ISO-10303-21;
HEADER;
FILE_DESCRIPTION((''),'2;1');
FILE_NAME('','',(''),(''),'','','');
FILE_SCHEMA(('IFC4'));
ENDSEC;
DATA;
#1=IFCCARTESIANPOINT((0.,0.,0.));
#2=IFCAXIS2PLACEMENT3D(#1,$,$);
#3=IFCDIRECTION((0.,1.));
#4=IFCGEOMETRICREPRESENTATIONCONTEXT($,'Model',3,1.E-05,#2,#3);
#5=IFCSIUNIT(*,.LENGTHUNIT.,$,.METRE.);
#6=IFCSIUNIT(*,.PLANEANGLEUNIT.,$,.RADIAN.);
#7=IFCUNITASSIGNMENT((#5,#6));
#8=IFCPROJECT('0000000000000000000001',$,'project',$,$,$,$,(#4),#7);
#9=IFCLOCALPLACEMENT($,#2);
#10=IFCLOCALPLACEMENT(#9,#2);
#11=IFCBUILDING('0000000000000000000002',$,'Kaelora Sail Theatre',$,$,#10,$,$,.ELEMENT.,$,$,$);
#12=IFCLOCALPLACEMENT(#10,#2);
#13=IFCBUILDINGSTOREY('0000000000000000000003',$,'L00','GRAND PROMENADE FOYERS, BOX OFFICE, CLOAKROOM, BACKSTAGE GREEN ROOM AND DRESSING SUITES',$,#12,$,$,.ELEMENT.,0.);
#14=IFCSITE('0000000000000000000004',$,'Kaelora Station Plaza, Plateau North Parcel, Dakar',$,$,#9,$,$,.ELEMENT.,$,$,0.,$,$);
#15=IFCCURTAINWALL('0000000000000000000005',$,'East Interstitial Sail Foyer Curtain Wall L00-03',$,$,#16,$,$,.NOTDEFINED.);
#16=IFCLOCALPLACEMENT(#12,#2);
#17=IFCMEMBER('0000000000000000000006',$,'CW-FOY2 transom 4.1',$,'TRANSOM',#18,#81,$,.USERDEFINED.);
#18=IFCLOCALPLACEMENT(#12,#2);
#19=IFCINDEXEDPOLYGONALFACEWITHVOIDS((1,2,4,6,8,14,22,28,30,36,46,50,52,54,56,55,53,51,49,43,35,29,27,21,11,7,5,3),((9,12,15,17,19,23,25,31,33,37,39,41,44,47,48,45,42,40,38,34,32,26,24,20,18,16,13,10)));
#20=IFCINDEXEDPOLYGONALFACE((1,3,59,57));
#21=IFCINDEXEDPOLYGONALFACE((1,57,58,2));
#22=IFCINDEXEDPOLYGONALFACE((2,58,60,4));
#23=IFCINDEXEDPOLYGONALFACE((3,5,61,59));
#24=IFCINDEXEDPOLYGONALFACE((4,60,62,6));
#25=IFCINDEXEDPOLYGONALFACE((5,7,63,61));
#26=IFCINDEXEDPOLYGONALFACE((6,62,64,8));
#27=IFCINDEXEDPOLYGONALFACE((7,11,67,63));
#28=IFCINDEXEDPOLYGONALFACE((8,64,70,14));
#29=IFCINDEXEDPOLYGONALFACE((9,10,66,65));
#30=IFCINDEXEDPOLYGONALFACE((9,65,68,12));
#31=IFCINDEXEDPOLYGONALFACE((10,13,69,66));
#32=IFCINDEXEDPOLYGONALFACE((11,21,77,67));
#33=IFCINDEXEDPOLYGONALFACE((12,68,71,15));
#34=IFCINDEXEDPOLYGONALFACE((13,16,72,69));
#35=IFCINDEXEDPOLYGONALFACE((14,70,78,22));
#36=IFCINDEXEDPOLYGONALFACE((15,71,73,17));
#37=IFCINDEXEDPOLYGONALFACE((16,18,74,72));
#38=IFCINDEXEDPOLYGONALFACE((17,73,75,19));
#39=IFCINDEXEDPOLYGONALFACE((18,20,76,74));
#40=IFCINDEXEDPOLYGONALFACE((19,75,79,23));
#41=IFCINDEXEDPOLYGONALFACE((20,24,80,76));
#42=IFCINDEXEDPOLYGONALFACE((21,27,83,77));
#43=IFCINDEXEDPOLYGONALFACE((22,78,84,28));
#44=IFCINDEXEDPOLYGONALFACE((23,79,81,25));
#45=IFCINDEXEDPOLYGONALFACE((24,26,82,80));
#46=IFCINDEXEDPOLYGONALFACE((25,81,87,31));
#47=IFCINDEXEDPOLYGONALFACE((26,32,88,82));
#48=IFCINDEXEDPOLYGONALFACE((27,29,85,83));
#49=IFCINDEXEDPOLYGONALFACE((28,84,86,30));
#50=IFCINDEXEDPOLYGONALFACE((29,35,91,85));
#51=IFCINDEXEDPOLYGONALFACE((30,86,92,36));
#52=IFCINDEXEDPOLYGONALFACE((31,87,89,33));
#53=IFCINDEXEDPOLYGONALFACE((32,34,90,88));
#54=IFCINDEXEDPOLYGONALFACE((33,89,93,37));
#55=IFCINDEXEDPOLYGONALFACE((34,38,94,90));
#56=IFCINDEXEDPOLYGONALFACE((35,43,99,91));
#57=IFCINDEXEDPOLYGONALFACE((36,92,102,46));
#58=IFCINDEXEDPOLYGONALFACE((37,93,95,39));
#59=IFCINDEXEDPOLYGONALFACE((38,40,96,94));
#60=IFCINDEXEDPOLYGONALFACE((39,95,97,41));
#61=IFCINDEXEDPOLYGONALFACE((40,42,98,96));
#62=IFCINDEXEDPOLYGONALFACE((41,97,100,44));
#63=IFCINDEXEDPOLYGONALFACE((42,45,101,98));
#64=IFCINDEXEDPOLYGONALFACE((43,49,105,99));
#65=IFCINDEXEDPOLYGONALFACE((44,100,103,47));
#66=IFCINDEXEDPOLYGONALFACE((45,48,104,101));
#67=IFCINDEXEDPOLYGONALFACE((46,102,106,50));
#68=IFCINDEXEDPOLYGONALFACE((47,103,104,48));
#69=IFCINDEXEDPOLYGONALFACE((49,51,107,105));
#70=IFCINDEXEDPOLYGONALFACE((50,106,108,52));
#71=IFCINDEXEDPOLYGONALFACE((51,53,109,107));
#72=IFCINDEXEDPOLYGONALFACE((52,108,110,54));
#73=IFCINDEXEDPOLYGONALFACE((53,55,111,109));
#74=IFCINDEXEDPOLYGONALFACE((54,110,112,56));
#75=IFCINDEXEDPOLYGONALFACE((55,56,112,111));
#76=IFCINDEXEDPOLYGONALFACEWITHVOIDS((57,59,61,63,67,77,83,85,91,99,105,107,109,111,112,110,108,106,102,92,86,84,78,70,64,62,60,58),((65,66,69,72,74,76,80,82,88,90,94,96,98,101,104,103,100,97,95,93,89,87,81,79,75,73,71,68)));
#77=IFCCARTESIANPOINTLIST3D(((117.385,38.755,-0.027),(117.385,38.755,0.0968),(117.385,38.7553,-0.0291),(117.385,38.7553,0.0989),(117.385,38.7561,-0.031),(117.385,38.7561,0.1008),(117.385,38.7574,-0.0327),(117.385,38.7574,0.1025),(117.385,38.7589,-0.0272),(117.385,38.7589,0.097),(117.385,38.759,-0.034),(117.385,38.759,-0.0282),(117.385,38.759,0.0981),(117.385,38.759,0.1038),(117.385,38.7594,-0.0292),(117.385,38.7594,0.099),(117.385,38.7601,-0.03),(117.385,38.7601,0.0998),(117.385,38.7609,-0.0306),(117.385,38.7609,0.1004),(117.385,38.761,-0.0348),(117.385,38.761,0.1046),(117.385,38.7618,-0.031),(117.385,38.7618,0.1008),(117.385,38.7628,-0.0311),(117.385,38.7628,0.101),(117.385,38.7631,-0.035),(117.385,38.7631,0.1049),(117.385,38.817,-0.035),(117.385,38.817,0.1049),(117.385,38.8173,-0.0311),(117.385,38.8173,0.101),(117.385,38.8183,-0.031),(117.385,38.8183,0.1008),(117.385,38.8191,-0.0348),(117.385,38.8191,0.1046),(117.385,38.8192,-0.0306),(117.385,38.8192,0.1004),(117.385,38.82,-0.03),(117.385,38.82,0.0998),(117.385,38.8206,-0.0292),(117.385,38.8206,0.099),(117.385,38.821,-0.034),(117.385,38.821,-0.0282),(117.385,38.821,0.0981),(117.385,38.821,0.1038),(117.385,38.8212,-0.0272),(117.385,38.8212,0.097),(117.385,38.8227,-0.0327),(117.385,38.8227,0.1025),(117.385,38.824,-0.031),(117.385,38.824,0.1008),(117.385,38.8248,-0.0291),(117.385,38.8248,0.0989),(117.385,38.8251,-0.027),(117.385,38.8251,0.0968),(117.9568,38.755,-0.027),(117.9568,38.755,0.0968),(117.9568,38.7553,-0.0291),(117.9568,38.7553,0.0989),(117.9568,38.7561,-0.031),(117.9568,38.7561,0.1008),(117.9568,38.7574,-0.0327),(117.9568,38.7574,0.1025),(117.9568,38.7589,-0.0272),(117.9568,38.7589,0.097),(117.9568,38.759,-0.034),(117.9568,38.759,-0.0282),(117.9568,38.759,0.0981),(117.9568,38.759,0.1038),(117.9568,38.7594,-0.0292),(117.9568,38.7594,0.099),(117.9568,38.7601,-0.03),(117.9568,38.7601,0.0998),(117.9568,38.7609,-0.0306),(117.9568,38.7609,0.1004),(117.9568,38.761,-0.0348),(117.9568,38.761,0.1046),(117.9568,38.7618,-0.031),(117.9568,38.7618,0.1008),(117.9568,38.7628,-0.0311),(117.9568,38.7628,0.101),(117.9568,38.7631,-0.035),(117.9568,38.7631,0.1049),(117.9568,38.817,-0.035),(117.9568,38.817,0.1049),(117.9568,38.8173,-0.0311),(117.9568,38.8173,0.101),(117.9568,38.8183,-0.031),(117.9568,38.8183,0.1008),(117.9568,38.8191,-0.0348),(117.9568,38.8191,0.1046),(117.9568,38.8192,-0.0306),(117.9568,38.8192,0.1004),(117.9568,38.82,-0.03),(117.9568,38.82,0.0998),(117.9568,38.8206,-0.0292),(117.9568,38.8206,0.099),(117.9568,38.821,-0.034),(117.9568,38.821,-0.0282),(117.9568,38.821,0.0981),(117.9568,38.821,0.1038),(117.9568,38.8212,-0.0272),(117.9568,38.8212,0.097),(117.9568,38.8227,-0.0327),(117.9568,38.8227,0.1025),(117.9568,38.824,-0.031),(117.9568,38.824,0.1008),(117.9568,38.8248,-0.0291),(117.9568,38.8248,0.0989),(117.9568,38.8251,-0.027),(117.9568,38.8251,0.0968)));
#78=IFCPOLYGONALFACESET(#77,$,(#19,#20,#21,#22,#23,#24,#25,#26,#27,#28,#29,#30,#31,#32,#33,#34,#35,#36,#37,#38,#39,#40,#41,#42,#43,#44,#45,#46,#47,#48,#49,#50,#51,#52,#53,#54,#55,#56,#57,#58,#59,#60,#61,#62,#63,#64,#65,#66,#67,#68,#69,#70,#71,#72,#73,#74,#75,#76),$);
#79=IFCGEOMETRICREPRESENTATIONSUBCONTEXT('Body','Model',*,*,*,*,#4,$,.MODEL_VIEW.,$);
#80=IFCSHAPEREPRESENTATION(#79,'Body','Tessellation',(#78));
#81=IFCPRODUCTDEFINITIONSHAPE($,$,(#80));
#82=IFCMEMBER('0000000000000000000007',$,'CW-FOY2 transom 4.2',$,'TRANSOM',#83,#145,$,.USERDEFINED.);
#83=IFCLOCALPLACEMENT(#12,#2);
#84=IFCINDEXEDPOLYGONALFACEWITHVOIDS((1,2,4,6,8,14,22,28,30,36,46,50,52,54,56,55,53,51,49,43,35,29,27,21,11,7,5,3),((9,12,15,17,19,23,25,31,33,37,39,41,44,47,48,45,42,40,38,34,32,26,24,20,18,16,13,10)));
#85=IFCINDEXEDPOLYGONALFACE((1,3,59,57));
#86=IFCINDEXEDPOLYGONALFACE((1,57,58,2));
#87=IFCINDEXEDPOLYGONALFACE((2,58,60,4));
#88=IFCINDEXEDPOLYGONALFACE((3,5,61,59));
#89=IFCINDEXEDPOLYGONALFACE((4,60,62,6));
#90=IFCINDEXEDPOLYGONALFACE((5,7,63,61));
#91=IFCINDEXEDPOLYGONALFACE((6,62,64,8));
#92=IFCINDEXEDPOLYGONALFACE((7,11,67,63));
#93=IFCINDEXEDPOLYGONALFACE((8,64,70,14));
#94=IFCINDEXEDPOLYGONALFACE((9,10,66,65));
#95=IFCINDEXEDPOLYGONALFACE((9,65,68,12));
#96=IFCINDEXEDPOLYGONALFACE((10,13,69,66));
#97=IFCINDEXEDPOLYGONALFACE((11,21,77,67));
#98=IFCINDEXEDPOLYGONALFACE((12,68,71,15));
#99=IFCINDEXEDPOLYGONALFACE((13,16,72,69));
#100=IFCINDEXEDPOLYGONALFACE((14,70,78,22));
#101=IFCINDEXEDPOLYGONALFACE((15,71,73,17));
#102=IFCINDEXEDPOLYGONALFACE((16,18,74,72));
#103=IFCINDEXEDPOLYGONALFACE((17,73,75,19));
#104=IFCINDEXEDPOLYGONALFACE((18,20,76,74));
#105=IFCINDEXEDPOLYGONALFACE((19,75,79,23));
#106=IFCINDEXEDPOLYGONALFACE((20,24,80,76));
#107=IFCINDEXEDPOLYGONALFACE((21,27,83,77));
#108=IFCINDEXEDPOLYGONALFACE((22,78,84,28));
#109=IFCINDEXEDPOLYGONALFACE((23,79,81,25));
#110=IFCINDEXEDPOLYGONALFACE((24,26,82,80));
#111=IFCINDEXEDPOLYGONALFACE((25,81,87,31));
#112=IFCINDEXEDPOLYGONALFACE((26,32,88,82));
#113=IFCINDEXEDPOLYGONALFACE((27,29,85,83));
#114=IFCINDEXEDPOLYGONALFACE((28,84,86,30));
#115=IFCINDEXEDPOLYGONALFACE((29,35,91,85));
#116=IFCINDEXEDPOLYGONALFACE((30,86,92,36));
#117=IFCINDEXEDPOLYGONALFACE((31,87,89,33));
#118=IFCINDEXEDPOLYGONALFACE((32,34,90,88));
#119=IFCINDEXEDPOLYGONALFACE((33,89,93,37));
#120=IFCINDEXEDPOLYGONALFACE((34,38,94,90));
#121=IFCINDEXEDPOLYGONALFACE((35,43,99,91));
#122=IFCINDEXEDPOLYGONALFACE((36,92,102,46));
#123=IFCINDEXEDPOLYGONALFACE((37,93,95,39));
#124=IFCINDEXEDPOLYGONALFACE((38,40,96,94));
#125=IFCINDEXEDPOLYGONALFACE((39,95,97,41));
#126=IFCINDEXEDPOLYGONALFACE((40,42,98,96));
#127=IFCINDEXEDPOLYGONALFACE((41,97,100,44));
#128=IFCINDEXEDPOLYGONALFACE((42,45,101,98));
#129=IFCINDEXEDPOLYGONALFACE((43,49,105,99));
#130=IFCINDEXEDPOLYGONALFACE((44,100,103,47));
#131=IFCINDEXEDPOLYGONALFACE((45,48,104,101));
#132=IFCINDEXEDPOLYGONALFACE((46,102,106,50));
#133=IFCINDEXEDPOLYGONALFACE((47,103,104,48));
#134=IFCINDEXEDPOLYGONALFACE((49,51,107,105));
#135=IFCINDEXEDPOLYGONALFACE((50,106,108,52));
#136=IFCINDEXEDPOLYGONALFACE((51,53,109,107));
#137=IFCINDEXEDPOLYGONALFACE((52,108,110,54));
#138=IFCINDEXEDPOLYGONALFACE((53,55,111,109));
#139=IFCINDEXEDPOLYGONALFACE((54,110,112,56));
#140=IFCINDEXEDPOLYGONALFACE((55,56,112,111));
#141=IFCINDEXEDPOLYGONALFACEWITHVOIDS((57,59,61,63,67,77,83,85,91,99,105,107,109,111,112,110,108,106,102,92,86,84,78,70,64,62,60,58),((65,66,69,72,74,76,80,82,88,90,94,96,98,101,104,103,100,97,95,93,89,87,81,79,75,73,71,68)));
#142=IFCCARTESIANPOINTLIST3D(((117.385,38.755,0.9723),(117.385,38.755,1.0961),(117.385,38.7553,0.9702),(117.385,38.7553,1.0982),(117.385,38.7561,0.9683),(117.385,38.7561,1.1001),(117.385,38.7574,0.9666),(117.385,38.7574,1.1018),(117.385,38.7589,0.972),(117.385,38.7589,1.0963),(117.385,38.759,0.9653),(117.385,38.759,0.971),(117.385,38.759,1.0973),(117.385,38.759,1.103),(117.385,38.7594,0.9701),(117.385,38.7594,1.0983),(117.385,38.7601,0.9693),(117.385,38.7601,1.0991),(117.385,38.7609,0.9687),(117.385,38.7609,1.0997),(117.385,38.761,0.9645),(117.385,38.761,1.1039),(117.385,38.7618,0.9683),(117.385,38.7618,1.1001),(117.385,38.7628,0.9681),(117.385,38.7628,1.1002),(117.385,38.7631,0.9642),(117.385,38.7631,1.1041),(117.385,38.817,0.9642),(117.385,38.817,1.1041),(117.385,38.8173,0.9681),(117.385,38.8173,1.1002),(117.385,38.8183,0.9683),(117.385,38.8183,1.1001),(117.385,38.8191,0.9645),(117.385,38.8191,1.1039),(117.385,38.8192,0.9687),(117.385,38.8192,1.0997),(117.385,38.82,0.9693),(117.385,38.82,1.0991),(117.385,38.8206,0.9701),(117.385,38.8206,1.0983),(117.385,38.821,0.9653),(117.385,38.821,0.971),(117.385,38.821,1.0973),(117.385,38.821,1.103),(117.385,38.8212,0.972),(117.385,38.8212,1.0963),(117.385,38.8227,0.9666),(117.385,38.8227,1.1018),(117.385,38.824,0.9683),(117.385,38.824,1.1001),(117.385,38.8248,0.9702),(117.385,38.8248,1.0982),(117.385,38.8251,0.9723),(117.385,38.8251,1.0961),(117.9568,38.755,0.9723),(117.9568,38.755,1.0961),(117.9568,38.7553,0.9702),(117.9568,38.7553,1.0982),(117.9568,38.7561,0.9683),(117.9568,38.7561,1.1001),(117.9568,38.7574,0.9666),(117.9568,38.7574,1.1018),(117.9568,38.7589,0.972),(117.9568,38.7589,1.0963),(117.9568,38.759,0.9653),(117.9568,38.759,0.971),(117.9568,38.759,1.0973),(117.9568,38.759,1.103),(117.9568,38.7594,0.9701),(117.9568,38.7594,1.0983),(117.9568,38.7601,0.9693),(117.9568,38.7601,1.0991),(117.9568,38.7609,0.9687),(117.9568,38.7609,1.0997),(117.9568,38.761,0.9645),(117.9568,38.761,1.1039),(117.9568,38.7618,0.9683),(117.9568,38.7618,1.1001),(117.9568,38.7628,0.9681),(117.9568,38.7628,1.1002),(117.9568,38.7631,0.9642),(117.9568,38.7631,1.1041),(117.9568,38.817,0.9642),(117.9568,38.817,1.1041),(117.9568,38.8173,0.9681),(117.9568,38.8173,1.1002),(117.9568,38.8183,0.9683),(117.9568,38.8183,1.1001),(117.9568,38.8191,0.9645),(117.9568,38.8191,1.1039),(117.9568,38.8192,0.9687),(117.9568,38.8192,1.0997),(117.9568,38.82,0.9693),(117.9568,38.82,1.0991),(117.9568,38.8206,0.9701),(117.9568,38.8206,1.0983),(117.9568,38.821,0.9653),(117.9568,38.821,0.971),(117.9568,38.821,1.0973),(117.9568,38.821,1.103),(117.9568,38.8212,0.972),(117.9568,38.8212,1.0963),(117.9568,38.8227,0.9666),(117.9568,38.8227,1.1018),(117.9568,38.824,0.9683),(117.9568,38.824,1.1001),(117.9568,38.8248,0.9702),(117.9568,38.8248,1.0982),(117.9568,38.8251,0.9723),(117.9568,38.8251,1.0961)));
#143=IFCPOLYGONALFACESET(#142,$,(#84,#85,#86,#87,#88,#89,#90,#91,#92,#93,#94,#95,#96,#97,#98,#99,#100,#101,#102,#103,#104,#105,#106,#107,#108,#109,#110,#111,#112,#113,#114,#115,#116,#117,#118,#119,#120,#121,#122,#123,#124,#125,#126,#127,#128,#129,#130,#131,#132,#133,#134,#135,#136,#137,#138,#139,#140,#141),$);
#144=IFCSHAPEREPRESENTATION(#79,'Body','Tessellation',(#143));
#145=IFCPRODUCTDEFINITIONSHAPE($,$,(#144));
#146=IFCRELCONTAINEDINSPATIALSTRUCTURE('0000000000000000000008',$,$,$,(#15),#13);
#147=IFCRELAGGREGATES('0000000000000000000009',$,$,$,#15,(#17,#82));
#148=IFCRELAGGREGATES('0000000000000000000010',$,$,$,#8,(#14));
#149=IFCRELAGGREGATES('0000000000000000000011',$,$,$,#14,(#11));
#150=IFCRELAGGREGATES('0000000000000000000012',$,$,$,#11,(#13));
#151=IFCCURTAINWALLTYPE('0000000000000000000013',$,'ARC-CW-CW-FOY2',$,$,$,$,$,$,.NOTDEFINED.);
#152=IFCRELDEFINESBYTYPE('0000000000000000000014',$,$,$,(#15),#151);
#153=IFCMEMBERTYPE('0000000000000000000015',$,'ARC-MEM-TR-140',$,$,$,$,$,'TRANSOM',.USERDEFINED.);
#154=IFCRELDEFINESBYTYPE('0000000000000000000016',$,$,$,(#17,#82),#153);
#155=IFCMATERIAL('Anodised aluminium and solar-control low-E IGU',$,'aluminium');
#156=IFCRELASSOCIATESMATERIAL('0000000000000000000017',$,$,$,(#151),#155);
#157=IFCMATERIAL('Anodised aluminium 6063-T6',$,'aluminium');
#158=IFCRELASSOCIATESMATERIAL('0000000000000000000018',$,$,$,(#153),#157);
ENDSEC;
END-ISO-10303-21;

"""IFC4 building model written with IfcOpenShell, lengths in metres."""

from ifc_helpers import new_model, si_unit, direction, frame, origin, origin_2d, place, context, subcontext, project, spatial, hollow_rectangle, extrude, material, material_profile, profile_set, type_object, element, aggregate, save


model = new_model("IFC4")

# Units and contexts
model_context = context("Model", 3, precision=1e-05, world=origin(), true_north=direction((0.0, 1.0)))
body_context = subcontext(model_context, "Body", "Model", "MODEL_VIEW")
ifc_project = project(units=[si_unit("LENGTHUNIT", "METRE"), si_unit("PLANEANGLEUNIT", "RADIAN")], contexts=[model_context])

# Site, building, storey
site_placement = place(None, origin())
site = spatial("IfcSite", under=ifc_project, at=site_placement, Name="Kaelora Station Plaza, Plateau North Parcel, Dakar", CompositionType="ELEMENT", RefElevation=0.0)
building_placement = place(site_placement, origin())
building = spatial("IfcBuilding", under=site, at=building_placement, Name="Kaelora Sail Theatre", CompositionType="ELEMENT")
storey_placement = place(building_placement, origin())
storey = spatial("IfcBuildingStorey", under=building, at=storey_placement, Name="L00", Description="GRAND PROMENADE FOYERS, BOX OFFICE, CLOAKROOM, BACKSTAGE GREEN ROOM AND DRESSING SUITES", CompositionType="ELEMENT", Elevation=0.0)

# Curtain wall, members
ifc_material_1 = material(Name="Anodised aluminium and solar-control low-E IGU", Category="aluminium")
curtain_wall_type = type_object("IfcCurtainWallType", Name="ARC-CW-CW-FOY2", PredefinedType="NOTDEFINED", material=ifc_material_1)
curtain_wall_placement = place(storey_placement, origin())
curtain_wall = element("IfcCurtainWall", 1, at=curtain_wall_placement, inside=storey, type_object=curtain_wall_type, Name="East Interstitial Sail Foyer Curtain Wall L00-03", PredefinedType="NOTDEFINED")
ifc_material_2 = material(Name="Anodised aluminium 6063-T6", Category="aluminium")
ifc_material_profile_1 = material_profile(ifc_material_2, hollow_rectangle(XDim=0.0701, YDim=0.1399, WallThickness=0.0039, InnerFilletRadius=0.0039, OuterFilletRadius=0.0081, at=origin_2d()), Name="ALU-TRAN 70x140x4")
ifc_profile_set_1 = profile_set([ifc_material_profile_1], Name="Anodised aluminium 6063-T6")
member_type_1 = type_object("IfcMemberType", Name="ARC-MEM-TR-140", ElementType="TRANSOM", PredefinedType="USERDEFINED", material=ifc_profile_set_1)
member_1_placement = place(storey_placement, frame((117.385, 38.79, 0.0349), z_axis=(1.0, 0.0, 0.0), x_axis=(0.0, 1.0, 0.0)))
member_1 = element("IfcMember", 2, at=member_1_placement, type_object=member_type_1, Name="CW-FOY2 transom 4.1", ObjectType="TRANSOM", PredefinedType="USERDEFINED", context=body_context, shape_type="SweptSolid", body=[
    extrude(hollow_rectangle(XDim=0.0701, YDim=0.1399, WallThickness=0.0039, InnerFilletRadius=0.0039, OuterFilletRadius=0.0081, at=origin_2d()), origin(), (0.0, 0.0, 1.0), 0.5718),
])
member_2_placement = place(storey_placement, frame((117.385, 38.79, 1.0342), z_axis=(1.0, 0.0, 0.0), x_axis=(0.0, 1.0, 0.0)))
member_2 = element("IfcMember", 3, at=member_2_placement, type_object=member_type_1, Name="CW-FOY2 transom 4.2", ObjectType="TRANSOM", PredefinedType="USERDEFINED", context=body_context, shape_type="SweptSolid", body=[
    extrude(hollow_rectangle(XDim=0.0701, YDim=0.1399, WallThickness=0.0039, InnerFilletRadius=0.0039, OuterFilletRadius=0.0081, at=origin_2d()), origin(), (0.0, 0.0, 1.0), 0.5718),
])
aggregate(curtain_wall, [member_1, member_2])

save(model, "model.ifc")
